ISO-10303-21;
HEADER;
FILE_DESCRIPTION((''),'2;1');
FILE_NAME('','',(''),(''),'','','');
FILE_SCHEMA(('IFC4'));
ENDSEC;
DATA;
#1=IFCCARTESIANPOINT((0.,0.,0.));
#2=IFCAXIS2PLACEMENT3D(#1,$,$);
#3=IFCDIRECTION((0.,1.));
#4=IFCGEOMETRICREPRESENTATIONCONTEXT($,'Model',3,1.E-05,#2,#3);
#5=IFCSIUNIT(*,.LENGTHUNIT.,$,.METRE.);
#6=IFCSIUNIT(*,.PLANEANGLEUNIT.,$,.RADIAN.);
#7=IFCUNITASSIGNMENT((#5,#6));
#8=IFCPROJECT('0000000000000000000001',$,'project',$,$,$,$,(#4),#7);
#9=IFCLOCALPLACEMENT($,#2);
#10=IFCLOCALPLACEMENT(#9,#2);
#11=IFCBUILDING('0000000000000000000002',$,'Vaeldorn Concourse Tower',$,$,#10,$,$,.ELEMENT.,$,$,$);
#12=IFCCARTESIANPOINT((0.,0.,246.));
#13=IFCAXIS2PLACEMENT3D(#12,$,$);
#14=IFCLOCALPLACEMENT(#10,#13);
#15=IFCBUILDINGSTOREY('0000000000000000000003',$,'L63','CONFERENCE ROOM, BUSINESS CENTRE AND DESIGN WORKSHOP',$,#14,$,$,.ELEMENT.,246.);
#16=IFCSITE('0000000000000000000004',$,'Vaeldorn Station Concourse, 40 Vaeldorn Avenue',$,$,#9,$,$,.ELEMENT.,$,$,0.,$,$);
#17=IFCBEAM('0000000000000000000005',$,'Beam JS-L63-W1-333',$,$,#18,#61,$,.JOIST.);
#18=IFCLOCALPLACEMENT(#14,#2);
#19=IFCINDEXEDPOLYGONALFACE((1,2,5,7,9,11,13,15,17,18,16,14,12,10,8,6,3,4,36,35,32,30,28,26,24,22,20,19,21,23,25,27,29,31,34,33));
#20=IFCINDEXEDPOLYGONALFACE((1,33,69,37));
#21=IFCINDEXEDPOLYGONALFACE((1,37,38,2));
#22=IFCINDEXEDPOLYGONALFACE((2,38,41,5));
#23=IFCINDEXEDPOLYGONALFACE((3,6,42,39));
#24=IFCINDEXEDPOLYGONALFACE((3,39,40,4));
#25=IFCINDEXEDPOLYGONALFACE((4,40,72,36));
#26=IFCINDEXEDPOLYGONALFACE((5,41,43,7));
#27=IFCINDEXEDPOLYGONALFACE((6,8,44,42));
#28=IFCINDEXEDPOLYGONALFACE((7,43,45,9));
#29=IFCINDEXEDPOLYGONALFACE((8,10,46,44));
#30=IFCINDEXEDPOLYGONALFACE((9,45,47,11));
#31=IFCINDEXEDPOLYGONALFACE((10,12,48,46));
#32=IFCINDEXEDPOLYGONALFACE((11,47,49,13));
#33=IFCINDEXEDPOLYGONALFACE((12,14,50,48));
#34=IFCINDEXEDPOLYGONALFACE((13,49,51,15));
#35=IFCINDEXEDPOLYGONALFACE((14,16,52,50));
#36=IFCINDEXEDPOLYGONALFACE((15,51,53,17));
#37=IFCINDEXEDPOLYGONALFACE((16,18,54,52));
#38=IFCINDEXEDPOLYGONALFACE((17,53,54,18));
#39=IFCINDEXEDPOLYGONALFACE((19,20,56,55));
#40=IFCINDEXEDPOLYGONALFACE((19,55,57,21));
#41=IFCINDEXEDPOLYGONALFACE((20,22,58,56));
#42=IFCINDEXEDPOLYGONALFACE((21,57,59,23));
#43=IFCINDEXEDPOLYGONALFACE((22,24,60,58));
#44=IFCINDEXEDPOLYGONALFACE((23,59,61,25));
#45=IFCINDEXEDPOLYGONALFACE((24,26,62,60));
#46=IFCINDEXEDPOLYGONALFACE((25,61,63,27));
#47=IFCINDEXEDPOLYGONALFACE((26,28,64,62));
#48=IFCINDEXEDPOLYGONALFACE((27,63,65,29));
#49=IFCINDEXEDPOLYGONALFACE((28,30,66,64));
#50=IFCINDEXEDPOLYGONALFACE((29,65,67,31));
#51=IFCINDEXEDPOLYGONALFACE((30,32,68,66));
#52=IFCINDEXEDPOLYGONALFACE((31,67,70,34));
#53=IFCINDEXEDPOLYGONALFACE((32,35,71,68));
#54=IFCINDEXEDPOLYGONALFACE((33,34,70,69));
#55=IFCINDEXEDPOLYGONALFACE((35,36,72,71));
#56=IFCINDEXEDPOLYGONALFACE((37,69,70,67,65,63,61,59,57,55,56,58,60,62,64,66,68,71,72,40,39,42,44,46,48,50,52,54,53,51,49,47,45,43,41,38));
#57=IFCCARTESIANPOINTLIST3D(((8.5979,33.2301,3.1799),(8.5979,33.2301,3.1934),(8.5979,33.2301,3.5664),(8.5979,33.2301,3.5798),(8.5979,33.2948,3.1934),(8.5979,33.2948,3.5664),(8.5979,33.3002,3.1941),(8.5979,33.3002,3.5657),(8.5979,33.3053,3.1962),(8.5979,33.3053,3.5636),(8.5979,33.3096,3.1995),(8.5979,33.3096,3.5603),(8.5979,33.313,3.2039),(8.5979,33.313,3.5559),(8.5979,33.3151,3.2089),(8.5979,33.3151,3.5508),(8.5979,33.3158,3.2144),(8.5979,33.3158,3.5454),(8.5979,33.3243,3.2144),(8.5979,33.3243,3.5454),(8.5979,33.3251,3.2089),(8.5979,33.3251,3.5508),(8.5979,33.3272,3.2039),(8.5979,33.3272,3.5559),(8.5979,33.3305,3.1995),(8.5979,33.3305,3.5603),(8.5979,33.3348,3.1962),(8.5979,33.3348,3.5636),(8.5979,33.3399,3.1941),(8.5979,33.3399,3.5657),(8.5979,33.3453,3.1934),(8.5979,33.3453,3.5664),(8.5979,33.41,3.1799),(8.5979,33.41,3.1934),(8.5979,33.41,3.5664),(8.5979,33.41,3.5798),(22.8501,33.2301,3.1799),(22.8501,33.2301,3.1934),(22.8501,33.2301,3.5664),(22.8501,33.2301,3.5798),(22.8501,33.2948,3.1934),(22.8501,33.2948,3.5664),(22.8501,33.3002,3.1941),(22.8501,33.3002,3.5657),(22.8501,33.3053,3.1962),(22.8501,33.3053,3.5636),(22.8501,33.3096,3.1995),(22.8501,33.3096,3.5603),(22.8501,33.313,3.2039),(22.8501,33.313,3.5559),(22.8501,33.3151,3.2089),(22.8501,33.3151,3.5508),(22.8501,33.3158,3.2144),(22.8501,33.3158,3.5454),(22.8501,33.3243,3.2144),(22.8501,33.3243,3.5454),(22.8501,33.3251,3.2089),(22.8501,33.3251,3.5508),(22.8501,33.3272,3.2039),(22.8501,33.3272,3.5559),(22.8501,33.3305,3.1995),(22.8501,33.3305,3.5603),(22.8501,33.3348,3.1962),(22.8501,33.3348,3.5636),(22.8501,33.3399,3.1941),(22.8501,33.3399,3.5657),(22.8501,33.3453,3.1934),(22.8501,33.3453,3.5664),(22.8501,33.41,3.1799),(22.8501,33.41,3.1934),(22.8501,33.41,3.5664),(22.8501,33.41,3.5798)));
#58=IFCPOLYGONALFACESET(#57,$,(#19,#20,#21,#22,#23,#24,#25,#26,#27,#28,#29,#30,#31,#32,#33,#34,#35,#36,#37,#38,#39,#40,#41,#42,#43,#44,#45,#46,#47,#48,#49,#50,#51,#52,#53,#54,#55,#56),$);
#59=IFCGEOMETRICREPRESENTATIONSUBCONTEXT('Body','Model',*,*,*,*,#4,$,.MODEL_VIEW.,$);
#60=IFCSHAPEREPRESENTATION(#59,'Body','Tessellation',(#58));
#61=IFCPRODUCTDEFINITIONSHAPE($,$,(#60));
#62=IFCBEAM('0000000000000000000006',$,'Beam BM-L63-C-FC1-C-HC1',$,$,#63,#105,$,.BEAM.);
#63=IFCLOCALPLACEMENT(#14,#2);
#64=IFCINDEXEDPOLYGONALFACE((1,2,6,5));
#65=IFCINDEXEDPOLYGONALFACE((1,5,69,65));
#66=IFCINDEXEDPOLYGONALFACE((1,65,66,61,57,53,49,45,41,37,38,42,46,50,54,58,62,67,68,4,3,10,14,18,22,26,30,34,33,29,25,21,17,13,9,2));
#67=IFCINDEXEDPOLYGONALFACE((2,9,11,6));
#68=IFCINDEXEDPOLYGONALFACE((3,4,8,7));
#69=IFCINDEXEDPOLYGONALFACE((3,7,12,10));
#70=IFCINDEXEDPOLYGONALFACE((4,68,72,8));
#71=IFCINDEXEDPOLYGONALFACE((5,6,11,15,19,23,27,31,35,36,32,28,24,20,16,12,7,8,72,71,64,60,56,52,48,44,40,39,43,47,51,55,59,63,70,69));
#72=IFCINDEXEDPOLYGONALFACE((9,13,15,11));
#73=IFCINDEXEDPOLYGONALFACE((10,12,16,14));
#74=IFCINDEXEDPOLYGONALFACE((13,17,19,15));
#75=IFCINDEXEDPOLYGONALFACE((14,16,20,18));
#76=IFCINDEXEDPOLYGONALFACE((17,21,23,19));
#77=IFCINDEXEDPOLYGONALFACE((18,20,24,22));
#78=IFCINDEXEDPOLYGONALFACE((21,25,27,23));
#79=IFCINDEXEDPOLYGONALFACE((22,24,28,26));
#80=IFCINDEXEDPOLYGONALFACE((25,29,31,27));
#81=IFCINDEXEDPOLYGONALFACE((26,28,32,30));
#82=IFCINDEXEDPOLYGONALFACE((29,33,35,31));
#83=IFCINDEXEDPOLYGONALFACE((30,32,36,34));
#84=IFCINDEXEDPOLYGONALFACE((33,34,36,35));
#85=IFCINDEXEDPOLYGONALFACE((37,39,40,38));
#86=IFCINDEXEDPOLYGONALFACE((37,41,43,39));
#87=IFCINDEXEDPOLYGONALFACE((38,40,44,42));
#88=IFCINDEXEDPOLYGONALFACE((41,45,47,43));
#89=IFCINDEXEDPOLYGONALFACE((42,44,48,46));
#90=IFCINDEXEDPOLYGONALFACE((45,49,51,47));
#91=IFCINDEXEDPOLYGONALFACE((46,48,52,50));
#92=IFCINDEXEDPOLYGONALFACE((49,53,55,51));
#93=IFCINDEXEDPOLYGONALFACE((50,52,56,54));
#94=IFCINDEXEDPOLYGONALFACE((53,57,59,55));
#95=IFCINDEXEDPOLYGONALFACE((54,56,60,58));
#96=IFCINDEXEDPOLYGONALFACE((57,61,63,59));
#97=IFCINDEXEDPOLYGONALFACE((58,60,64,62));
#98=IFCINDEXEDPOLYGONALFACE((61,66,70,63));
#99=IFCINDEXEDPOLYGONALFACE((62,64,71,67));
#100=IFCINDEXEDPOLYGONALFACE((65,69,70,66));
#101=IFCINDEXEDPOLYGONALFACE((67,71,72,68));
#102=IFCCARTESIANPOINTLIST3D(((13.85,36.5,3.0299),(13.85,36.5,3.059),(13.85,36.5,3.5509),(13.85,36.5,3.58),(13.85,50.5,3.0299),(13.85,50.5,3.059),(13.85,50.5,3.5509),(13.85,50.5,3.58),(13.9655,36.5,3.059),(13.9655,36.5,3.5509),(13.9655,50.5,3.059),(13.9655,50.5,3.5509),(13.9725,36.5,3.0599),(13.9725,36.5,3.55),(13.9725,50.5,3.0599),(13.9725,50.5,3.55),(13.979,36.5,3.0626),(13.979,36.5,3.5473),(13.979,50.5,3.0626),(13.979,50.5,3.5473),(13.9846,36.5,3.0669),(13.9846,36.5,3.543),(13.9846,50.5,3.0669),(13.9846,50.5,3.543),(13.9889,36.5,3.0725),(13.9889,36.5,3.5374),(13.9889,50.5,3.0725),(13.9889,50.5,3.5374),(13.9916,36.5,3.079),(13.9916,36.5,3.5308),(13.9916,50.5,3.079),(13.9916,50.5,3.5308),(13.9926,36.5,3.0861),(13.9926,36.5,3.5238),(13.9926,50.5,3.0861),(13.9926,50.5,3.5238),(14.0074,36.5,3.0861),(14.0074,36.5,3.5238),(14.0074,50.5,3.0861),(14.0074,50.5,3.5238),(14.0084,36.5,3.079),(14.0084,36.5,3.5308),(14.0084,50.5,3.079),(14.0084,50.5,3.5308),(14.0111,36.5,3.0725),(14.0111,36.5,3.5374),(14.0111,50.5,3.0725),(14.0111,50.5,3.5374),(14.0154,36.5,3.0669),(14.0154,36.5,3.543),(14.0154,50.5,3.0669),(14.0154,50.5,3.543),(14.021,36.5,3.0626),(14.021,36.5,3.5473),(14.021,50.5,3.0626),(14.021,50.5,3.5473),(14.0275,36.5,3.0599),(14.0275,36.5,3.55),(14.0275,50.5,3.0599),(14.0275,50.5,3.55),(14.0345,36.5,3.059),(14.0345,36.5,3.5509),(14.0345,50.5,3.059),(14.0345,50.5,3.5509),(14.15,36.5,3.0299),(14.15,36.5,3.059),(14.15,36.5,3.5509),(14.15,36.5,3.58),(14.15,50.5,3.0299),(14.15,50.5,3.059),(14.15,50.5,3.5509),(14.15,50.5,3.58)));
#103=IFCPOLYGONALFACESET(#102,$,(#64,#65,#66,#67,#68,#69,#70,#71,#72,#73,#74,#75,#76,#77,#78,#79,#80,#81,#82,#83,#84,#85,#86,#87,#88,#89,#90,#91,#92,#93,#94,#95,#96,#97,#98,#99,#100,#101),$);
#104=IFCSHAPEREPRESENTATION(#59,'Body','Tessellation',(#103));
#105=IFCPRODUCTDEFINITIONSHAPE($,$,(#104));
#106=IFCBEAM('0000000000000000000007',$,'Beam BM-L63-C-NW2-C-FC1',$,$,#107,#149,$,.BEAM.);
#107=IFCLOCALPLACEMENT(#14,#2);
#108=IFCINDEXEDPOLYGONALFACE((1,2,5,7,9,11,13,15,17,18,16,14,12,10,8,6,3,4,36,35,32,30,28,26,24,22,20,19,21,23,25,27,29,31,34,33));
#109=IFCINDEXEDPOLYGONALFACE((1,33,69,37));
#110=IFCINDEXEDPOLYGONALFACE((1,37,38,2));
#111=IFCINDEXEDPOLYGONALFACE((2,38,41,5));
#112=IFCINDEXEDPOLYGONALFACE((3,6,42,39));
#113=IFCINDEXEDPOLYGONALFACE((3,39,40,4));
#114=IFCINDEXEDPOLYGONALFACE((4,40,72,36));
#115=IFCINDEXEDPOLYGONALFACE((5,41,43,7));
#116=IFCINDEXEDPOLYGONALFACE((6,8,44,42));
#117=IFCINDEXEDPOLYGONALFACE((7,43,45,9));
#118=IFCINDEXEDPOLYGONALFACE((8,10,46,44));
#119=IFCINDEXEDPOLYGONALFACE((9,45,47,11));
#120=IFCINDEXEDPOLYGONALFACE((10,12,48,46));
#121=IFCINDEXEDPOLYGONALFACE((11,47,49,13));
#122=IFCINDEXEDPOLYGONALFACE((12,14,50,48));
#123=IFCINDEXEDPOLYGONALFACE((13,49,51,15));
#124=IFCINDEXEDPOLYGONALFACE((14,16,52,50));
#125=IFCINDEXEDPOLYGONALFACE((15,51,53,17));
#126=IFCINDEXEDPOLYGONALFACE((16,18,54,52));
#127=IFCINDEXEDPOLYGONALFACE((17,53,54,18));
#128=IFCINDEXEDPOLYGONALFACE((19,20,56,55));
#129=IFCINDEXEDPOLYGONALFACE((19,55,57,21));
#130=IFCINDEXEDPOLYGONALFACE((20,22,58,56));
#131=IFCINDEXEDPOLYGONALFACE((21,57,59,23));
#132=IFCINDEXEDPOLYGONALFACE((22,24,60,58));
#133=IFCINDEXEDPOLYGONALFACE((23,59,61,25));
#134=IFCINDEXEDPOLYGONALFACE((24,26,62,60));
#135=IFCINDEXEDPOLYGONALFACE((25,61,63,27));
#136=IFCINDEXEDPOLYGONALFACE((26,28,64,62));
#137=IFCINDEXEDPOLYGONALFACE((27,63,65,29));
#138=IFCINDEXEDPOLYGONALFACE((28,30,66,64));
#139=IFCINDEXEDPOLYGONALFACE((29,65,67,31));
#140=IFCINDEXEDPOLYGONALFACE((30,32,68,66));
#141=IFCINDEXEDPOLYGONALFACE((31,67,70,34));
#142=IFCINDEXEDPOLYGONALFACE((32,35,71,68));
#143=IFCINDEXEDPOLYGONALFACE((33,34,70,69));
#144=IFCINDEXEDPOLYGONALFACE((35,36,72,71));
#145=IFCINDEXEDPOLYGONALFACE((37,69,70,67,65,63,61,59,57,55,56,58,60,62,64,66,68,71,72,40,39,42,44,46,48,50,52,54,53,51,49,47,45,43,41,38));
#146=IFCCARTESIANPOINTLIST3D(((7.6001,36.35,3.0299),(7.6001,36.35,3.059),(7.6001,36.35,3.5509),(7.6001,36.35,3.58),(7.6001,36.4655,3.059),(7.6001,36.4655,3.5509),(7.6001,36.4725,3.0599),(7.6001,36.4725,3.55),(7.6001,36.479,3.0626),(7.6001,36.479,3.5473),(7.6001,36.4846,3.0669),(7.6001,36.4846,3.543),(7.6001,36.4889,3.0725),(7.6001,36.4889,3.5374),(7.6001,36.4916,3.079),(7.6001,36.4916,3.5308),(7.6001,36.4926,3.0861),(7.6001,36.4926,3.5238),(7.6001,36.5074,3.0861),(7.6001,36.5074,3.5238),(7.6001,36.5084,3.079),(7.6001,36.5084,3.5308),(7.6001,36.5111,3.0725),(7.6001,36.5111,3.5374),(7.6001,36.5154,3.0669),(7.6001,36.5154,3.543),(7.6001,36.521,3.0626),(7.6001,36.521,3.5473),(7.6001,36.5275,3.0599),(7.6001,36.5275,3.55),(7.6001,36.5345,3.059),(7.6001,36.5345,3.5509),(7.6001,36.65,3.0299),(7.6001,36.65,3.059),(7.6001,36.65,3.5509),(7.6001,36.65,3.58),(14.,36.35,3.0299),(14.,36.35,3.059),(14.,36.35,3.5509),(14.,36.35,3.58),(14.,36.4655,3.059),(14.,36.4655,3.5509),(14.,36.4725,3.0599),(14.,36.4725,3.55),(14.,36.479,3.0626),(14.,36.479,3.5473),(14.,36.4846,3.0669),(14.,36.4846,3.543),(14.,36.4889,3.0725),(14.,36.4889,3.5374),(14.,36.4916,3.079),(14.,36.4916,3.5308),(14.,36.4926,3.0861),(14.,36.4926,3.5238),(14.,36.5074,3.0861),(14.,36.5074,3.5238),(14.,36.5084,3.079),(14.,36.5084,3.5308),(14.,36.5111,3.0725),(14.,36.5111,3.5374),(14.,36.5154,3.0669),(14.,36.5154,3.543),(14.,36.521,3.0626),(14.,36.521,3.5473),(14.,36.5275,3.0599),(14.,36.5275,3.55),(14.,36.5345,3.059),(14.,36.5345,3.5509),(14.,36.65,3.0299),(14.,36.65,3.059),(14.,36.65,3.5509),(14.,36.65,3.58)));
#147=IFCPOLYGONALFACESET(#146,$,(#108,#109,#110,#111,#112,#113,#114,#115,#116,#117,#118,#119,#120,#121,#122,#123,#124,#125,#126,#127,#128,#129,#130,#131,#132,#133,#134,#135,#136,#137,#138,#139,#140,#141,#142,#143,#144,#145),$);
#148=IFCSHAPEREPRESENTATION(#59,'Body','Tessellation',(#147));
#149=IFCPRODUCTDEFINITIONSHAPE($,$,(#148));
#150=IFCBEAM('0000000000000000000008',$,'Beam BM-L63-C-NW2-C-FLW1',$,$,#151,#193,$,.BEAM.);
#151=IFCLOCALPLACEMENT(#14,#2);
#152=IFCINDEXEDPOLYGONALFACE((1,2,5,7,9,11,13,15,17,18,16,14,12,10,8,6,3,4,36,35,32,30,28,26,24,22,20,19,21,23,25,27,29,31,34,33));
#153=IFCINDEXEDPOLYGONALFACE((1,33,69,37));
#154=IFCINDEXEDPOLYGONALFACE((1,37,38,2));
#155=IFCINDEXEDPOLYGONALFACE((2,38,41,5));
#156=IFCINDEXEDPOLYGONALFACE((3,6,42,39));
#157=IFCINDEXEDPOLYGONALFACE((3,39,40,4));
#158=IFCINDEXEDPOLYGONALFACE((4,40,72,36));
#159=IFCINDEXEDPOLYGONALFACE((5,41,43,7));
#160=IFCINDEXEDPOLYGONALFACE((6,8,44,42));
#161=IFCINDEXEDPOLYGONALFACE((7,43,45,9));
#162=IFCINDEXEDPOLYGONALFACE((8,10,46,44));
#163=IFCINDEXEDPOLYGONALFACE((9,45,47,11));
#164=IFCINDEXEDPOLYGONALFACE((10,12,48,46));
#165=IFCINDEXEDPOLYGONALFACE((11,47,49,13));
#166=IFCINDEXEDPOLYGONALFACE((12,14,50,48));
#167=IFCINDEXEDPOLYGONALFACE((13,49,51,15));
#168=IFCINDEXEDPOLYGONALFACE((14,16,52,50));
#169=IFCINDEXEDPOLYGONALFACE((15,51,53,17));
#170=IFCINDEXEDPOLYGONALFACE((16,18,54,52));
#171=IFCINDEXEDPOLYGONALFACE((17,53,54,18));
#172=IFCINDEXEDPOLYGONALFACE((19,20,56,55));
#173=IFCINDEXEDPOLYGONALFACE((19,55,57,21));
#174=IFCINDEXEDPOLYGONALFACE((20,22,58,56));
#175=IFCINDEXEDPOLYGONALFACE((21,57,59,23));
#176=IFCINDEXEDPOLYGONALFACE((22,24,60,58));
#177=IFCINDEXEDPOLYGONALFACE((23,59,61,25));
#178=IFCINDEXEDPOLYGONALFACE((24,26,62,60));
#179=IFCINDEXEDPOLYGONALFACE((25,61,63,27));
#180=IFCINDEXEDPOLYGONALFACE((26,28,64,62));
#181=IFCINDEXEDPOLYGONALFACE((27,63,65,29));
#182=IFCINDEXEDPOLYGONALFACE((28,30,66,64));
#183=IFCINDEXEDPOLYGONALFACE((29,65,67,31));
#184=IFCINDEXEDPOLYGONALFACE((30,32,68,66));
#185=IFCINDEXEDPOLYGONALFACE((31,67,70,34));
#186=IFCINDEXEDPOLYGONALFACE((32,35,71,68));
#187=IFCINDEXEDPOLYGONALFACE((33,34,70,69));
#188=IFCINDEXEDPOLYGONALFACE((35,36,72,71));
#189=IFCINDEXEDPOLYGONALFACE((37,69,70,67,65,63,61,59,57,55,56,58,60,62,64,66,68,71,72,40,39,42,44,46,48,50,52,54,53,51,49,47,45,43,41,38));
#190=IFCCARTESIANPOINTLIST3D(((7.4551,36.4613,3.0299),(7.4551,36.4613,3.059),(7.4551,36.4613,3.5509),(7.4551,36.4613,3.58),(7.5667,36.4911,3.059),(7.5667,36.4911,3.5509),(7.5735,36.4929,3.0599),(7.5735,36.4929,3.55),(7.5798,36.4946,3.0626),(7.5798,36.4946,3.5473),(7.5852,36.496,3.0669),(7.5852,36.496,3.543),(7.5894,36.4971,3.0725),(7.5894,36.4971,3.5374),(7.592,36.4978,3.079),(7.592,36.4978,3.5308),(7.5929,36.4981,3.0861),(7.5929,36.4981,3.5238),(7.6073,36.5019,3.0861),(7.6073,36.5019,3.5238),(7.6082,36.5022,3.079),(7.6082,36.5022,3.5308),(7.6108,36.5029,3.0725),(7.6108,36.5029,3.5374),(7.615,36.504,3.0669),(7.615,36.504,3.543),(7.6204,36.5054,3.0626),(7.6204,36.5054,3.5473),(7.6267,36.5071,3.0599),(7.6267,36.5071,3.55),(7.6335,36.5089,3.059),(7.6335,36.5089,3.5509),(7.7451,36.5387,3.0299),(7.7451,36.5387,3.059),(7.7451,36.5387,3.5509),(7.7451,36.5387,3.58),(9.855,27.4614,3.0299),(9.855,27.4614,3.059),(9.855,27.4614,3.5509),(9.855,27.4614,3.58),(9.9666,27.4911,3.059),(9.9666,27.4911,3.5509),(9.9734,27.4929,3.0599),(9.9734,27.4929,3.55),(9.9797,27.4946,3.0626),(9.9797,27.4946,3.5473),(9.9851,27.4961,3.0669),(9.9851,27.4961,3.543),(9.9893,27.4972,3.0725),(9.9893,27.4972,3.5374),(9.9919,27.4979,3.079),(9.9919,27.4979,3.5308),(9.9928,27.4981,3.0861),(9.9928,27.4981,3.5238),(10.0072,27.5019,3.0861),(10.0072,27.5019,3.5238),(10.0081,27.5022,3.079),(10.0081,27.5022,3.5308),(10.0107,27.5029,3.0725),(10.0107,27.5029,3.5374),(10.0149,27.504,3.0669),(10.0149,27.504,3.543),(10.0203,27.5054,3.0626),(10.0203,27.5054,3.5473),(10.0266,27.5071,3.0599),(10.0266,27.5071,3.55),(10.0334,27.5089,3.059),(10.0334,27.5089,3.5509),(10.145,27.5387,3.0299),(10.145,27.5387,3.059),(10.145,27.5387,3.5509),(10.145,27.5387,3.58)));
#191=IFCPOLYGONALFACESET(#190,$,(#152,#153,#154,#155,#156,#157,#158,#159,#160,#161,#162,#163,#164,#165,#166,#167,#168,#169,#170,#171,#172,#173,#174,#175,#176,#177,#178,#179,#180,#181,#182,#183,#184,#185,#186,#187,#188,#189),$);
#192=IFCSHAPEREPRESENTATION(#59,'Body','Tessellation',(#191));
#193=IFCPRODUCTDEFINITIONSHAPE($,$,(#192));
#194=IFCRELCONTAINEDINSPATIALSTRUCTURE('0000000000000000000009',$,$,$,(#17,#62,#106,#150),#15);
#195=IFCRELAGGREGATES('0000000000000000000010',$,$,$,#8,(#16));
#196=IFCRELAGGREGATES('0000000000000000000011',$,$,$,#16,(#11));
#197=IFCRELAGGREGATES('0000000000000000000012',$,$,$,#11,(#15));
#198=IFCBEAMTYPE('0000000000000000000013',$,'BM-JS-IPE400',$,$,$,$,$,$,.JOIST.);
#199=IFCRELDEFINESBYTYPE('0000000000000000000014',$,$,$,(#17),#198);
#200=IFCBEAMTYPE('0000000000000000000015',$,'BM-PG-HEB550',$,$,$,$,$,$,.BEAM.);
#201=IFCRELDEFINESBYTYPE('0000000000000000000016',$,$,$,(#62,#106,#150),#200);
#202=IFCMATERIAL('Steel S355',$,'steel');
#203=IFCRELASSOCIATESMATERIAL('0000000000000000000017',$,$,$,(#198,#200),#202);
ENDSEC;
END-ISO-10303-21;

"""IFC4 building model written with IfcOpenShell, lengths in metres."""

from ifc_helpers import new_model, si_unit, direction, frame, origin, origin_2d, place, context, subcontext, project, spatial, i_section, extrude, source, transform, mapped, material, material_profile, profile_set, type_object, element, save


model = new_model("IFC4")

# Units and contexts
model_context = context("Model", 3, precision=1e-05, world=origin(), true_north=direction((0.0, 1.0)))
body_context = subcontext(model_context, "Body", "Model", "MODEL_VIEW")
ifc_project = project(units=[si_unit("LENGTHUNIT", "METRE"), si_unit("PLANEANGLEUNIT", "RADIAN")], contexts=[model_context])

# Site, building, storey
site_placement = place(None, origin())
site = spatial("IfcSite", under=ifc_project, at=site_placement, Name="Vaeldorn Station Concourse, 40 Vaeldorn Avenue", CompositionType="ELEMENT", RefElevation=0.0)
building_placement = place(site_placement, origin())
building = spatial("IfcBuilding", under=site, at=building_placement, Name="Vaeldorn Concourse Tower", CompositionType="ELEMENT")
storey_placement = place(building_placement, frame((0.0, 0.0, 246.0)))
storey = spatial("IfcBuildingStorey", under=building, at=storey_placement, Name="L63", Description="CONFERENCE ROOM, BUSINESS CENTRE AND DESIGN WORKSHOP", CompositionType="ELEMENT", Elevation=246.0)

# Shared definitions
ifc_material_1 = material(Name="Steel S355", Category="steel")

# Beams
ifc_material_profile_1 = material_profile(ifc_material_1, i_section(OverallWidth=0.1799, OverallDepth=0.3999, WebThickness=0.0085, FlangeThickness=0.0134, FilletRadius=0.021, at=origin_2d()), Name="IPE 400")
ifc_profile_set_1 = profile_set([ifc_material_profile_1], Name="Steel S355")
beam_type_1 = type_object("IfcBeamType", Name="BM-JS-IPE400", PredefinedType="JOIST", material=ifc_profile_set_1)
shared_shape_1 = source(origin(), body_context, "Body", "SweptSolid", [
    extrude(i_section(OverallWidth=0.1799, OverallDepth=0.3999, WebThickness=0.0085, FlangeThickness=0.0134, FilletRadius=0.021, at=origin_2d()), origin(), (0.0, 0.0, 1.0), 14.2522),
])
beam_1_placement = place(storey_placement, frame((8.5979, 33.3201, 3.3799), z_axis=(1.0, 0.0, 0.0), x_axis=(0.0, 1.0, 0.0)))
element("IfcBeam", 1, at=beam_1_placement, inside=storey, type_object=beam_type_1, Name="Beam JS-L63-W1-333", PredefinedType="JOIST", context=body_context, shape_type="MappedRepresentation", body=[
    mapped(shared_shape_1, transform((0.0, 0.0, 0.0), scale=1.0)),
])
ifc_material_profile_2 = material_profile(ifc_material_1, i_section(OverallWidth=0.3, OverallDepth=0.55, WebThickness=0.0149, FlangeThickness=0.0291, FilletRadius=0.0271, at=origin_2d()), Name="HEB 550")
ifc_profile_set_2 = profile_set([ifc_material_profile_2], Name="Steel S355")
beam_type_2 = type_object("IfcBeamType", Name="BM-PG-HEB550", PredefinedType="BEAM", material=ifc_profile_set_2)
shared_shape_2 = source(origin(), body_context, "Body", "SweptSolid", [
    extrude(i_section(OverallWidth=0.3, OverallDepth=0.55, WebThickness=0.0149, FlangeThickness=0.0291, FilletRadius=0.0271, at=origin_2d()), origin(), (0.0, 0.0, 1.0), 14.0),
])
beam_2_placement = place(storey_placement, frame((14.0, 36.5, 3.3049), z_axis=(0.0, 1.0, 0.0), x_axis=(-1.0, 0.0, 0.0)))
element("IfcBeam", 2, at=beam_2_placement, inside=storey, type_object=beam_type_2, Name="Beam BM-L63-C-FC1-C-HC1", PredefinedType="BEAM", context=body_context, shape_type="MappedRepresentation", body=[
    mapped(shared_shape_2, transform((0.0, 0.0, 0.0), scale=1.0)),
])
shared_shape_3 = source(origin(), body_context, "Body", "SweptSolid", [
    extrude(i_section(OverallWidth=0.3, OverallDepth=0.55, WebThickness=0.0149, FlangeThickness=0.0291, FilletRadius=0.0271, at=origin_2d()), origin(), (0.0, 0.0, 1.0), 6.3999),
])
beam_3_placement = place(storey_placement, frame((7.6001, 36.5, 3.3049), z_axis=(1.0, 0.0, 0.0), x_axis=(0.0, 1.0, 0.0)))
element("IfcBeam", 3, at=beam_3_placement, inside=storey, type_object=beam_type_2, Name="Beam BM-L63-C-NW2-C-FC1", PredefinedType="BEAM", context=body_context, shape_type="MappedRepresentation", body=[
    mapped(shared_shape_3, transform((0.0, 0.0, 0.0), scale=1.0)),
])
shared_shape_4 = source(origin(), body_context, "Body", "SweptSolid", [
    extrude(i_section(OverallWidth=0.3, OverallDepth=0.55, WebThickness=0.0149, FlangeThickness=0.0291, FilletRadius=0.0271, at=origin_2d()), origin(), (0.0, 0.0, 1.0), 9.3145),
])
beam_4_placement = place(storey_placement, frame((7.6001, 36.5, 3.3049), z_axis=(0.257653, -0.966238, 0.0), x_axis=(0.966238, 0.257653, 0.0)))
element("IfcBeam", 4, at=beam_4_placement, inside=storey, type_object=beam_type_2, Name="Beam BM-L63-C-NW2-C-FLW1", PredefinedType="BEAM", context=body_context, shape_type="MappedRepresentation", body=[
    mapped(shared_shape_4, transform((0.0, 0.0, 0.0), scale=1.0)),
])

save(model, "model.ifc")
